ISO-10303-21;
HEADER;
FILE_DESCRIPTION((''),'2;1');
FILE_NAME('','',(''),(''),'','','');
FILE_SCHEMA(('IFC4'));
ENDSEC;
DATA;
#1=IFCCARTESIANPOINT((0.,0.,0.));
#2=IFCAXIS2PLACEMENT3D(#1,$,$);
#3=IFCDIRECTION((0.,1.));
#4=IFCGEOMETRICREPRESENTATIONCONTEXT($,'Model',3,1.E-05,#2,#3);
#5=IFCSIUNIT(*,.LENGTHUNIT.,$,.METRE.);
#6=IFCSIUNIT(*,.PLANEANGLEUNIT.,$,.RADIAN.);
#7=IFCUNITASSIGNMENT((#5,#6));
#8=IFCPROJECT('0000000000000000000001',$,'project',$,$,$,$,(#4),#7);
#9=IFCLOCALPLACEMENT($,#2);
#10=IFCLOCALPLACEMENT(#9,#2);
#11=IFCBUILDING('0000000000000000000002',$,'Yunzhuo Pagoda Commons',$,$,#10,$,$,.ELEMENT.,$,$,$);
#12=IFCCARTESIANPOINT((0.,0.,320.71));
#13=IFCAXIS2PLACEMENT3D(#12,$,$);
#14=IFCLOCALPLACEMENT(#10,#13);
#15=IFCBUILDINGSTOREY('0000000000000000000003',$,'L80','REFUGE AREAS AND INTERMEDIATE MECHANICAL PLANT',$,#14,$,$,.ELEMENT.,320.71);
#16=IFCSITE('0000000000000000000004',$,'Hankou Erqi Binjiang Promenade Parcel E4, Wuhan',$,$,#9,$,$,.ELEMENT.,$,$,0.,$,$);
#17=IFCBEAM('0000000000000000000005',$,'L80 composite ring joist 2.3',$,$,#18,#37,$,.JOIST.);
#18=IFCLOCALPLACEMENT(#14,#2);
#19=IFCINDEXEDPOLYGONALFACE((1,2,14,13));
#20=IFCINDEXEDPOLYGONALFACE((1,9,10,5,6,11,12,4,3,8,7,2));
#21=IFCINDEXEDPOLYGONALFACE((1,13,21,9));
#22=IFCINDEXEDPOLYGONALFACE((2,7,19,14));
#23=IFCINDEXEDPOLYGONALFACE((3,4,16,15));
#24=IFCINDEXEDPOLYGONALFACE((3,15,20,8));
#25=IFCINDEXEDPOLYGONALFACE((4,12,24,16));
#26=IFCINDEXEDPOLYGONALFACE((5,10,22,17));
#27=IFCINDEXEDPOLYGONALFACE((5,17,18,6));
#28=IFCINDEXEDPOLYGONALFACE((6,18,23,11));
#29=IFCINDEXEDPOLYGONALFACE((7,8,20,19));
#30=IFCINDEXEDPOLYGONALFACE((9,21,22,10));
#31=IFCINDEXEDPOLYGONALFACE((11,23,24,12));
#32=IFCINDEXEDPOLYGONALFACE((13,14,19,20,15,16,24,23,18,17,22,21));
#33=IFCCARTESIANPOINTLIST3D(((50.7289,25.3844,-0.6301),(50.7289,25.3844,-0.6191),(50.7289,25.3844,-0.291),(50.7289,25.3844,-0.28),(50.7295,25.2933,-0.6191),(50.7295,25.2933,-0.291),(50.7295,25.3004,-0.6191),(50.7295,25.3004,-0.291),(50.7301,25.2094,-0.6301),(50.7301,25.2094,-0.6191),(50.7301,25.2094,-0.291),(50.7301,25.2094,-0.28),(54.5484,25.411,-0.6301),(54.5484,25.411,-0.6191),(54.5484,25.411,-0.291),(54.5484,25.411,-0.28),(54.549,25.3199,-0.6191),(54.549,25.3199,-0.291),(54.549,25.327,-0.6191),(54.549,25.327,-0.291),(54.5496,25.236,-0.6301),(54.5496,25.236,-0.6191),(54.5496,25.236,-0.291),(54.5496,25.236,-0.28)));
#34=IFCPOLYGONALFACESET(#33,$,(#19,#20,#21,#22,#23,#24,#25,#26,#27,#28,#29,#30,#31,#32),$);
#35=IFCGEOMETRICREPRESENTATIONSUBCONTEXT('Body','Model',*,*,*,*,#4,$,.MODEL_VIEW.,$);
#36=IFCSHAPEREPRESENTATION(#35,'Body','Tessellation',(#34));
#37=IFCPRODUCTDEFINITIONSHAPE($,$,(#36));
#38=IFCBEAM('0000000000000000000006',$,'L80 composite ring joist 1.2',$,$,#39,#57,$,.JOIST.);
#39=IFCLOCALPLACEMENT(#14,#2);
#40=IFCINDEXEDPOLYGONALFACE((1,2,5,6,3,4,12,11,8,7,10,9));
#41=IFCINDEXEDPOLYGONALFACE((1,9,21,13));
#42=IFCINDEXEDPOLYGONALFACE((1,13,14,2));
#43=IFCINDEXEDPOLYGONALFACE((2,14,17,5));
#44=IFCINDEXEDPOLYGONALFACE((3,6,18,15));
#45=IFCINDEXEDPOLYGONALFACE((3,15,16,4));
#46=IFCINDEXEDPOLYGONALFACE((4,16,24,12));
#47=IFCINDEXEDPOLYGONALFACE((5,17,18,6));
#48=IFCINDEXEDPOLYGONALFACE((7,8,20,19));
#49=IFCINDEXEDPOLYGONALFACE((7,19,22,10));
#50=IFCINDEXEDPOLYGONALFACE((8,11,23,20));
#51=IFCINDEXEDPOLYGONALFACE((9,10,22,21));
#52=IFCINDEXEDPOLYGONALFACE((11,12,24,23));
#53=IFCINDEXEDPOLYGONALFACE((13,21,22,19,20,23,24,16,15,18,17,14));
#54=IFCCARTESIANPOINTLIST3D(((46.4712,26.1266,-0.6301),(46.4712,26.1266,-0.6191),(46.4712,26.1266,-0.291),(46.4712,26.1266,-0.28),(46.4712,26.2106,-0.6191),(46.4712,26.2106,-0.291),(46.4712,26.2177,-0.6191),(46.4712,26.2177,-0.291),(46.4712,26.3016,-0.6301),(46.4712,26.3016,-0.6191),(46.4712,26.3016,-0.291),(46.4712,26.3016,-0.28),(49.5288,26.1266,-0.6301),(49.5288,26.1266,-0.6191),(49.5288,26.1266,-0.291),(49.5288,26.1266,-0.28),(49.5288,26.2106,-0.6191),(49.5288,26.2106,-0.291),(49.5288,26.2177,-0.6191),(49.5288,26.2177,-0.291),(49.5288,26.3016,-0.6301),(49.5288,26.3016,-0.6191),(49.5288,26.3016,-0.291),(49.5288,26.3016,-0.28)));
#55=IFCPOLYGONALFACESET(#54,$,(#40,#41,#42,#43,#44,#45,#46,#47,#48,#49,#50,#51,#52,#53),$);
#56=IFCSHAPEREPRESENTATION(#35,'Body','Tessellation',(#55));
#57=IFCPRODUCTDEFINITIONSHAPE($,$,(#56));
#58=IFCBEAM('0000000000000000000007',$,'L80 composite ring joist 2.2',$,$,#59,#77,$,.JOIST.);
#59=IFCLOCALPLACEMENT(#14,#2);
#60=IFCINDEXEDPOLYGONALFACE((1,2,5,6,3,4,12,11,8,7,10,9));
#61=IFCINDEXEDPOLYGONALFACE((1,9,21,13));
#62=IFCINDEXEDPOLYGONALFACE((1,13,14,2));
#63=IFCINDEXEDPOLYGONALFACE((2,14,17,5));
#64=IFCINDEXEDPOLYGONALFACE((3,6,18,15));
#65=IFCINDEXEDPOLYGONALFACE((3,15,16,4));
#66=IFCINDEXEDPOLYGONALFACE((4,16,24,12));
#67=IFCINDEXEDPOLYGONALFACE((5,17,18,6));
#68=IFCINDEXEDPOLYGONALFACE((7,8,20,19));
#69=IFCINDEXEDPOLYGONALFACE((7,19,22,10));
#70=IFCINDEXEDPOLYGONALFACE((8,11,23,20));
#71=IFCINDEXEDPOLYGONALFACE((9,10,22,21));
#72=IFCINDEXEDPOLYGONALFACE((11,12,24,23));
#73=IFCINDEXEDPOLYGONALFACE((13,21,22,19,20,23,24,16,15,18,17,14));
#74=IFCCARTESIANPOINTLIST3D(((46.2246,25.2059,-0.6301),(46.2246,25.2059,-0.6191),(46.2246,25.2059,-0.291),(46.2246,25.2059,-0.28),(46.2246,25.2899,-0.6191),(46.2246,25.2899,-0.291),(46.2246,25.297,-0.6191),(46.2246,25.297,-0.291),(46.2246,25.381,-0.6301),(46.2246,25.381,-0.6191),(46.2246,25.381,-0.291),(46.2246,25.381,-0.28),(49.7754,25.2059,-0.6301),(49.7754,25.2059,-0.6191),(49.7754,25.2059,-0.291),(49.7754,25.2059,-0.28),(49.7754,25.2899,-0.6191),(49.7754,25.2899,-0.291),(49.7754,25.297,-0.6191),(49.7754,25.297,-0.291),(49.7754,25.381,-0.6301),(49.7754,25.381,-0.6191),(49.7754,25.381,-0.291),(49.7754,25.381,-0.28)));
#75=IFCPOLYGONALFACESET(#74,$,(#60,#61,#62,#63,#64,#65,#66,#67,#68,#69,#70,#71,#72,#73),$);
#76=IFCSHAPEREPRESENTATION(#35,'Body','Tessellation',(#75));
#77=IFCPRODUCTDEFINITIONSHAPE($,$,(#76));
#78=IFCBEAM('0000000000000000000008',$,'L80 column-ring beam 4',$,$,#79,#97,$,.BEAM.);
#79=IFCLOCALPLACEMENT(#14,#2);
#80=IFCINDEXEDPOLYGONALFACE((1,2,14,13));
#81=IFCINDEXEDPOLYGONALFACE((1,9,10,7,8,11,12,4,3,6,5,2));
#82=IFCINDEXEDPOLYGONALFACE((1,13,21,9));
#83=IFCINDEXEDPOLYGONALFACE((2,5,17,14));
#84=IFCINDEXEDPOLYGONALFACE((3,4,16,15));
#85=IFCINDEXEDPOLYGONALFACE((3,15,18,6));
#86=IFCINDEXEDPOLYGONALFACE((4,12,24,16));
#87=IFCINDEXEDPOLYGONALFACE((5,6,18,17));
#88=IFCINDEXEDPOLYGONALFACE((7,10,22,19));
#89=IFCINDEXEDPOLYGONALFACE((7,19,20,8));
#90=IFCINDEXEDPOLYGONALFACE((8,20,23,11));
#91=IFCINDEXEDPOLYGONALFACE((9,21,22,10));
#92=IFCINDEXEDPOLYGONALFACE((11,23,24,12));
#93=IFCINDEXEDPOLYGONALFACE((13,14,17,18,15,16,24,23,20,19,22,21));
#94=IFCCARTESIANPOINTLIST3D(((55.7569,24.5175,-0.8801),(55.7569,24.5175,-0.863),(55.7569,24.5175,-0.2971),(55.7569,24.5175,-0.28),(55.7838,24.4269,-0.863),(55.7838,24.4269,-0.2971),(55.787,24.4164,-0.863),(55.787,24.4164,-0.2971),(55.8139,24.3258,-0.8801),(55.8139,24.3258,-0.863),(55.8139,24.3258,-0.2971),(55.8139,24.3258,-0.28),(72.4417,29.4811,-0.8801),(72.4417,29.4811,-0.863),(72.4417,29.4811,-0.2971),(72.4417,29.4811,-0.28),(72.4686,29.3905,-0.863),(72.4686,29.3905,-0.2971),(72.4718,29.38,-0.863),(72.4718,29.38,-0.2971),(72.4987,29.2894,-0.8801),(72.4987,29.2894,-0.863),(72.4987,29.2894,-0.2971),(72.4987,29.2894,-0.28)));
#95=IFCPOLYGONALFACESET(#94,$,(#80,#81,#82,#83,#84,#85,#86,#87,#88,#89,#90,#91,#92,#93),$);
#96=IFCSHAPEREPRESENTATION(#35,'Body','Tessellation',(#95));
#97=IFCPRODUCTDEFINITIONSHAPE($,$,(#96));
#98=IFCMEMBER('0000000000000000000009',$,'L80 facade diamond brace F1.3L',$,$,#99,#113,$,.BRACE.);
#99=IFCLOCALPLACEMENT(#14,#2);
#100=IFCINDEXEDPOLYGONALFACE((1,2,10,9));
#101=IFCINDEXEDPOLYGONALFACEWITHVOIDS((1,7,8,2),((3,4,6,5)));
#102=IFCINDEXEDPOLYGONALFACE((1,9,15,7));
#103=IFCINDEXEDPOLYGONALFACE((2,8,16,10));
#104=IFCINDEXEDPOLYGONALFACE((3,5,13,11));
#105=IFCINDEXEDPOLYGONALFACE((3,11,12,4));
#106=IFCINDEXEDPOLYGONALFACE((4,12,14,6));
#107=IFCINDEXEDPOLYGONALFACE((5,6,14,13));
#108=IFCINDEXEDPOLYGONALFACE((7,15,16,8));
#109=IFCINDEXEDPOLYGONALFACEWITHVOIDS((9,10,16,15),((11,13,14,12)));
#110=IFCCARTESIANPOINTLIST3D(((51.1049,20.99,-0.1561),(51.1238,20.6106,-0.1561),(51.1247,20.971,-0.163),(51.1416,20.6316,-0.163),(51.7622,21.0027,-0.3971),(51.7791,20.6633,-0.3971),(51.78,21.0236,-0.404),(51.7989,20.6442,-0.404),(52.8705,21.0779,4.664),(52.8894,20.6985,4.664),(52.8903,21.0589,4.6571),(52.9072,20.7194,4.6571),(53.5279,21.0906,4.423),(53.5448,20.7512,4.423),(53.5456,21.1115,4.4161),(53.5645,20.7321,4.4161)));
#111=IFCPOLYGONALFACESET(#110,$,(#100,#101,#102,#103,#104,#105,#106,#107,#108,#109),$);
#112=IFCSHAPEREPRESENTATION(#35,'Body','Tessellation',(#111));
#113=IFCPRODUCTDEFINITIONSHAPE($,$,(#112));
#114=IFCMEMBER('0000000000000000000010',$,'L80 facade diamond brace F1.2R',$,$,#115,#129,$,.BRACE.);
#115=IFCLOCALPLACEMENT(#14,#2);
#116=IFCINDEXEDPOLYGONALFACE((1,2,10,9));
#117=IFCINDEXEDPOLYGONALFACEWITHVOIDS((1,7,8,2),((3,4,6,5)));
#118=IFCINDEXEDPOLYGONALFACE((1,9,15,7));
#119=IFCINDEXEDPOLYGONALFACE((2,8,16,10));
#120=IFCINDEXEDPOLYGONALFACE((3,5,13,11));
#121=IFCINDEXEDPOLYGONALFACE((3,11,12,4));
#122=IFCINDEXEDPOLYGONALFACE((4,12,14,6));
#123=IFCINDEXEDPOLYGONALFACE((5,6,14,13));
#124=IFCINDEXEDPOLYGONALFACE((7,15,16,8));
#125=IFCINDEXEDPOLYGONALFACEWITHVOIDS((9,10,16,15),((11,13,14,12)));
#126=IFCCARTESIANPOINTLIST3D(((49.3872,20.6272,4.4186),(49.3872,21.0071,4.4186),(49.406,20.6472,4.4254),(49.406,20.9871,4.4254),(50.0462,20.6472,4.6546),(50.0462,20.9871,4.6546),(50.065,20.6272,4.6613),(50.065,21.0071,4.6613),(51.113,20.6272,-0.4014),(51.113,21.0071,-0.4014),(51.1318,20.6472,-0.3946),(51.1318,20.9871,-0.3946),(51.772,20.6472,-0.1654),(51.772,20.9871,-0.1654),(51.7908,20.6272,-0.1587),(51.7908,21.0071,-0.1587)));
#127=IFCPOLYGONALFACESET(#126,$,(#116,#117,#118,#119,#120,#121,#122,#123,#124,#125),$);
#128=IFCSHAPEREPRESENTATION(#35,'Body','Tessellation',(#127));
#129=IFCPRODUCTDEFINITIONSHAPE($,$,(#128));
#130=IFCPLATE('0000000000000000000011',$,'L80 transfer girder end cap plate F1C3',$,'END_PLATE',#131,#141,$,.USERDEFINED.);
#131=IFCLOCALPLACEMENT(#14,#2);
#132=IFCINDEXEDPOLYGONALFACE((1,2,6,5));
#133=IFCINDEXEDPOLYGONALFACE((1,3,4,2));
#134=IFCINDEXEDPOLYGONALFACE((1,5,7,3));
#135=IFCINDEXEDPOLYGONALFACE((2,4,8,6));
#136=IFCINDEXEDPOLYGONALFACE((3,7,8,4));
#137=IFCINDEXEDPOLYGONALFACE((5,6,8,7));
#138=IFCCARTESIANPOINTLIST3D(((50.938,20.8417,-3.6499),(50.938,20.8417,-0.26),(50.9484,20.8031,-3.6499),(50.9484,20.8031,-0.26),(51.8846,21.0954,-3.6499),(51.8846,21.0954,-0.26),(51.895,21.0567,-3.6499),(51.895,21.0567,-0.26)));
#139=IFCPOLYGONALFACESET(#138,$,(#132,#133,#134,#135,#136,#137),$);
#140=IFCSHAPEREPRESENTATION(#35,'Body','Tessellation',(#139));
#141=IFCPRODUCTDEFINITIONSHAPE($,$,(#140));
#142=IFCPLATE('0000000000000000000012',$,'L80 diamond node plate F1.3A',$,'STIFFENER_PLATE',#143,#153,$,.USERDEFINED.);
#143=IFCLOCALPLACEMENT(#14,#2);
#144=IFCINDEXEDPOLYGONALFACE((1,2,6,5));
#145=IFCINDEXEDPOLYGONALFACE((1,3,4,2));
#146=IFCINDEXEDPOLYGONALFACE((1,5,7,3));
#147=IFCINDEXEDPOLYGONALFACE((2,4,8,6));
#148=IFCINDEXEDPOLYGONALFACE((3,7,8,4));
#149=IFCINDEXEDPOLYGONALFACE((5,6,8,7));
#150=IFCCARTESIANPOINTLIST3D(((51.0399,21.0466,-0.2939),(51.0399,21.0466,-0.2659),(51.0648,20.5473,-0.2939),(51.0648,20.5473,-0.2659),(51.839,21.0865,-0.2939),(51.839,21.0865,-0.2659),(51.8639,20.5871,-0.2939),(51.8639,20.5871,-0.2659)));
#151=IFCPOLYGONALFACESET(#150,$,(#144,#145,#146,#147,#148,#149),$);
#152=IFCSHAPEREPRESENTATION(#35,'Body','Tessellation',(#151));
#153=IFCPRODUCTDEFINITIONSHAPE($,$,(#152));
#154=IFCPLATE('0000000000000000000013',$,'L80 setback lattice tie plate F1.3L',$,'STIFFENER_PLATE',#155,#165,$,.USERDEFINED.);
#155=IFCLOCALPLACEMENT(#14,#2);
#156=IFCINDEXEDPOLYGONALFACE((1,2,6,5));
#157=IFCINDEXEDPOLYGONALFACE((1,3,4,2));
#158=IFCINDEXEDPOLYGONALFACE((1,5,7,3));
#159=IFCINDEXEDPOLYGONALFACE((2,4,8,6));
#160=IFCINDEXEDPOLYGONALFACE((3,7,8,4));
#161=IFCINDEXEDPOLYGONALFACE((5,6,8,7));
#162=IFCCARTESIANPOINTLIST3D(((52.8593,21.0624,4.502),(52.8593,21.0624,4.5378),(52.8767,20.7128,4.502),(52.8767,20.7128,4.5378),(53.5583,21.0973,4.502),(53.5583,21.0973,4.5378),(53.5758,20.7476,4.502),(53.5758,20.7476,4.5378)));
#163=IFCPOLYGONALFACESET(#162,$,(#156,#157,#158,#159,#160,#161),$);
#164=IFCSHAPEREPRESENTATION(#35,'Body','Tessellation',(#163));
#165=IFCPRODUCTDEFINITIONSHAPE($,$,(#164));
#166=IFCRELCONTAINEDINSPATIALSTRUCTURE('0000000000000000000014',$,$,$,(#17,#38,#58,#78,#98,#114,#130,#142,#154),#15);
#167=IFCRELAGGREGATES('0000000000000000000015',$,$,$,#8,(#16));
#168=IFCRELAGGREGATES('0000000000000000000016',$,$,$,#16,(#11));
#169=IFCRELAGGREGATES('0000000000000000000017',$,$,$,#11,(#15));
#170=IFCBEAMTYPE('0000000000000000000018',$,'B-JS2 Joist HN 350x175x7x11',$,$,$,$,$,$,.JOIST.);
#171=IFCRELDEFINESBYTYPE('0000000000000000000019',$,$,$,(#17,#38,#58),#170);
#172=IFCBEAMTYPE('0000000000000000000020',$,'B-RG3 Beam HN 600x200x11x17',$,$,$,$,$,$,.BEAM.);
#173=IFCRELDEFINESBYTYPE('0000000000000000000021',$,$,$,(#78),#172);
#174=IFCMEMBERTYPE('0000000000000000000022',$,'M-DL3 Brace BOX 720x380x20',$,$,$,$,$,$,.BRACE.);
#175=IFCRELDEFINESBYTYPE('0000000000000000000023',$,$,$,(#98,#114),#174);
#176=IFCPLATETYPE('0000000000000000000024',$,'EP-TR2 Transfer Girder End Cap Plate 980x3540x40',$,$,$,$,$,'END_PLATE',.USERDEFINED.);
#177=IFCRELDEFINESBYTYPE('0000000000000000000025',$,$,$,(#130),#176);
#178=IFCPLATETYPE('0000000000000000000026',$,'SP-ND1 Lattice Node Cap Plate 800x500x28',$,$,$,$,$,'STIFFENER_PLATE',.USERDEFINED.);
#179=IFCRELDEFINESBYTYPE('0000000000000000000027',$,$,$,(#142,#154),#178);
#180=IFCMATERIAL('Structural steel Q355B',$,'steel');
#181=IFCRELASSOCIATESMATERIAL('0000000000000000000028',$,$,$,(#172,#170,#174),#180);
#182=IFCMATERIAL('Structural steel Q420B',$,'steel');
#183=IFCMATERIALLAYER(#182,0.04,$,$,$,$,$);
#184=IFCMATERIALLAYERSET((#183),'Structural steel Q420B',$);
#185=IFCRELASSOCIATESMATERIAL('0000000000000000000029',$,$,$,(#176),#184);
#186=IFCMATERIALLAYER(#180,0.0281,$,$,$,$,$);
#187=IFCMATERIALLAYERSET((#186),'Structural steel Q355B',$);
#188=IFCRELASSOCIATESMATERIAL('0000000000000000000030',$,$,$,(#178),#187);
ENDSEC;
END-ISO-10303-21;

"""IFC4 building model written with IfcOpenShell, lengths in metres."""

from ifc_helpers import new_model, si_unit, direction, frame, origin, origin_2d, place, context, subcontext, project, spatial, rectangle, hollow_rectangle, i_section, extrude, source, transform, mapped, material, layer, layer_set, material_profile, profile_set, type_object, element, save


model = new_model("IFC4")

# Units and contexts
model_context = context("Model", 3, precision=1e-05, world=origin(), true_north=direction((0.0, 1.0)))
body_context = subcontext(model_context, "Body", "Model", "MODEL_VIEW")
ifc_project = project(units=[si_unit("LENGTHUNIT", "METRE"), si_unit("PLANEANGLEUNIT", "RADIAN")], contexts=[model_context])

# Site, building, storey
site_placement = place(None, origin())
site = spatial("IfcSite", under=ifc_project, at=site_placement, Name="Hankou Erqi Binjiang Promenade Parcel E4, Wuhan", CompositionType="ELEMENT", RefElevation=0.0)
building_placement = place(site_placement, origin())
building = spatial("IfcBuilding", under=site, at=building_placement, Name="Yunzhuo Pagoda Commons", CompositionType="ELEMENT")
storey_placement = place(building_placement, frame((0.0, 0.0, 320.71)))
storey = spatial("IfcBuildingStorey", under=building, at=storey_placement, Name="L80", Description="REFUGE AREAS AND INTERMEDIATE MECHANICAL PLANT", CompositionType="ELEMENT", Elevation=320.71)

# Shared definitions
ifc_material_1 = material(Name="Structural steel Q420B", Category="steel")
ifc_material_2 = material(Name="Structural steel Q355B", Category="steel")

# Beams
ifc_material_profile_1 = material_profile(ifc_material_2, i_section(OverallWidth=0.2, OverallDepth=0.6001, WebThickness=0.011, FlangeThickness=0.0171, at=origin_2d()), Name="Structural steel Q355B")
ifc_profile_set_1 = profile_set([ifc_material_profile_1], Name="Structural steel Q355B")
beam_type_1 = type_object("IfcBeamType", Name="B-RG3 Beam HN 600x200x11x17", PredefinedType="BEAM", material=ifc_profile_set_1)
ifc_material_profile_2 = material_profile(ifc_material_2, i_section(OverallWidth=0.175, OverallDepth=0.3501, WebThickness=0.0071, FlangeThickness=0.011, at=origin_2d()), Name="Structural steel Q355B")
ifc_profile_set_2 = profile_set([ifc_material_profile_2], Name="Structural steel Q355B")
beam_type_2 = type_object("IfcBeamType", Name="B-JS2 Joist HN 350x175x7x11", PredefinedType="JOIST", material=ifc_profile_set_2)
shared_shape_1 = source(origin(), body_context, "Body", "SweptSolid", [
    extrude(i_section(OverallWidth=0.175, OverallDepth=0.3501, WebThickness=0.0071, FlangeThickness=0.011, at=origin_2d()), origin(), (0.0, 0.0, 1.0), 3.8196),
])
beam_1_placement = place(storey_placement, frame((50.7295, 25.2969, -0.4551), z_axis=(0.999976, 0.006967, 0.0), x_axis=(-0.006967, 0.999976, 0.0)))
element("IfcBeam", 1, at=beam_1_placement, inside=storey, type_object=beam_type_2, Name="L80 composite ring joist 2.3", PredefinedType="JOIST", context=body_context, shape_type="MappedRepresentation", body=[
    mapped(shared_shape_1, transform((0.0, 0.0, 0.0), scale=1.0)),
])
shared_shape_2 = source(origin(), body_context, "Body", "SweptSolid", [
    extrude(i_section(OverallWidth=0.175, OverallDepth=0.3501, WebThickness=0.0071, FlangeThickness=0.011, at=origin_2d()), origin(), (0.0, 0.0, 1.0), 3.0576),
])
beam_2_placement = place(storey_placement, frame((46.4712, 26.2141, -0.4551), z_axis=(1.0, 0.0, 0.0), x_axis=(0.0, 1.0, 0.0)))
element("IfcBeam", 2, at=beam_2_placement, inside=storey, type_object=beam_type_2, Name="L80 composite ring joist 1.2", PredefinedType="JOIST", context=body_context, shape_type="MappedRepresentation", body=[
    mapped(shared_shape_2, transform((0.0, 0.0, 0.0), scale=1.0)),
])
shared_shape_3 = source(origin(), body_context, "Body", "SweptSolid", [
    extrude(i_section(OverallWidth=0.175, OverallDepth=0.3501, WebThickness=0.0071, FlangeThickness=0.011, at=origin_2d()), origin(), (0.0, 0.0, 1.0), 3.5508),
])
beam_3_placement = place(storey_placement, frame((46.2246, 25.2935, -0.4551), z_axis=(1.0, 0.0, 0.0), x_axis=(0.0, 1.0, 0.0)))
element("IfcBeam", 3, at=beam_3_placement, inside=storey, type_object=beam_type_2, Name="L80 composite ring joist 2.2", PredefinedType="JOIST", context=body_context, shape_type="MappedRepresentation", body=[
    mapped(shared_shape_3, transform((0.0, 0.0, 0.0), scale=1.0)),
])
shared_shape_4 = source(origin(), body_context, "Body", "SweptSolid", [
    extrude(i_section(OverallWidth=0.2, OverallDepth=0.6001, WebThickness=0.011, FlangeThickness=0.0171, at=origin_2d()), origin(), (0.0, 0.0, 1.0), 17.4075),
])
beam_4_placement = place(storey_placement, frame((55.7854, 24.4216, -0.5801), z_axis=(0.958485, 0.285143, 0.0), x_axis=(-0.285143, 0.958485, 0.0)))
element("IfcBeam", 4, at=beam_4_placement, inside=storey, type_object=beam_type_1, Name="L80 column-ring beam 4", PredefinedType="BEAM", context=body_context, shape_type="MappedRepresentation", body=[
    mapped(shared_shape_4, transform((0.0, 0.0, 0.0), scale=1.0)),
])

# Members
ifc_material_profile_3 = material_profile(ifc_material_2, hollow_rectangle(XDim=0.3799, YDim=0.72, WallThickness=0.02, at=origin_2d()), Name="Structural steel Q355B")
ifc_profile_set_3 = profile_set([ifc_material_profile_3], Name="Structural steel Q355B")
member_type = type_object("IfcMemberType", Name="M-DL3 Brace BOX 720x380x20", PredefinedType="BRACE", material=ifc_profile_set_3)
shared_shape_5 = source(origin(), body_context, "Body", "SweptSolid", [
    extrude(hollow_rectangle(XDim=0.3799, YDim=0.72, WallThickness=0.02, at=origin_2d()), origin(), (0.0, 0.0, 1.0), 5.134),
])
member_1_placement = place(storey_placement, frame((51.4519, 20.8171, -0.28), z_axis=(0.343907, 0.017119, 0.938848), x_axis=(-0.049717, 0.998763, 0.0)))
element("IfcMember", 5, at=member_1_placement, inside=storey, type_object=member_type, Name="L80 facade diamond brace F1.3L", PredefinedType="BRACE", context=body_context, shape_type="MappedRepresentation", body=[
    mapped(shared_shape_5, transform((0.0, 0.0, 0.0), scale=1.0)),
])
shared_shape_6 = source(origin(), body_context, "Body", "SweptSolid", [
    extrude(hollow_rectangle(XDim=0.3799, YDim=0.72, WallThickness=0.02, at=origin_2d()), origin(), (0.0, 0.0, 1.0), 5.1196),
])
member_2_placement = place(storey_placement, frame((51.4519, 20.8171, -0.28), z_axis=(-0.337095, 0.0, 0.941471), x_axis=(0.0, -1.0, 0.0)))
element("IfcMember", 6, at=member_2_placement, inside=storey, type_object=member_type, Name="L80 facade diamond brace F1.2R", PredefinedType="BRACE", context=body_context, shape_type="MappedRepresentation", body=[
    mapped(shared_shape_6, transform((0.0, 0.0, 0.0), scale=1.0)),
])

# Plates
ifc_layer_1 = layer(ifc_material_1, 0.04)
ifc_layer_set_1 = layer_set([ifc_layer_1], Name="Structural steel Q420B")
plate_type_1 = type_object("IfcPlateType", Name="EP-TR2 Transfer Girder End Cap Plate 980x3540x40", ElementType="END_PLATE", PredefinedType="USERDEFINED", material=ifc_layer_set_1)
shared_shape_7 = source(origin(), body_context, "Body", "SweptSolid", [
    extrude(rectangle(XDim=0.98, YDim=0.04, at=origin_2d()), origin(), (0.0, 0.0, 1.0), 3.3899),
])
plate_1_placement = place(storey_placement, frame((51.4165, 20.9492, -3.6499), z_axis=(0.0, 0.0, 1.0), x_axis=(0.965926, 0.258819, 0.0)))
element("IfcPlate", 7, at=plate_1_placement, inside=storey, type_object=plate_type_1, Name="L80 transfer girder end cap plate F1C3", ObjectType="END_PLATE", PredefinedType="USERDEFINED", context=body_context, shape_type="MappedRepresentation", body=[
    mapped(shared_shape_7, transform((0.0, 0.0, 0.0), scale=1.0)),
])
ifc_layer_2 = layer(ifc_material_2, 0.0281)
ifc_layer_set_2 = layer_set([ifc_layer_2], Name="Structural steel Q355B")
plate_type_2 = type_object("IfcPlateType", Name="SP-ND1 Lattice Node Cap Plate 800x500x28", ElementType="STIFFENER_PLATE", PredefinedType="USERDEFINED", material=ifc_layer_set_2)
shared_shape_8 = source(origin(), body_context, "Body", "SweptSolid", [
    extrude(rectangle(XDim=0.8, YDim=0.5, at=origin_2d()), origin(), (0.0, 0.0, 1.0), 0.0281),
])
plate_2_placement = place(storey_placement, frame((51.4519, 20.8169, -0.2939), z_axis=(0.0, 0.0, 1.0), x_axis=(0.998757, 0.049843, 0.0)))
element("IfcPlate", 8, at=plate_2_placement, inside=storey, type_object=plate_type_2, Name="L80 diamond node plate F1.3A", ObjectType="STIFFENER_PLATE", PredefinedType="USERDEFINED", context=body_context, shape_type="MappedRepresentation", body=[
    mapped(shared_shape_8, transform((0.0, 0.0, 0.0), scale=1.0)),
])
shared_shape_9 = source(origin(), body_context, "Body", "SweptSolid", [
    extrude(rectangle(XDim=0.7, YDim=0.3501, at=origin_2d()), origin(), (0.0, 0.0, 1.0), 0.0359),
])
plate_3_placement = place(storey_placement, frame((53.2175, 20.905, 4.502), z_axis=(0.0, 0.0, 1.0), x_axis=(0.998757, 0.049843, 0.0)))
element("IfcPlate", 9, at=plate_3_placement, inside=storey, type_object=plate_type_2, Name="L80 setback lattice tie plate F1.3L", ObjectType="STIFFENER_PLATE", PredefinedType="USERDEFINED", context=body_context, shape_type="MappedRepresentation", body=[
    mapped(shared_shape_9, transform((0.0, 0.0, 0.0), scale=1.0)),
])

save(model, "model.ifc")
